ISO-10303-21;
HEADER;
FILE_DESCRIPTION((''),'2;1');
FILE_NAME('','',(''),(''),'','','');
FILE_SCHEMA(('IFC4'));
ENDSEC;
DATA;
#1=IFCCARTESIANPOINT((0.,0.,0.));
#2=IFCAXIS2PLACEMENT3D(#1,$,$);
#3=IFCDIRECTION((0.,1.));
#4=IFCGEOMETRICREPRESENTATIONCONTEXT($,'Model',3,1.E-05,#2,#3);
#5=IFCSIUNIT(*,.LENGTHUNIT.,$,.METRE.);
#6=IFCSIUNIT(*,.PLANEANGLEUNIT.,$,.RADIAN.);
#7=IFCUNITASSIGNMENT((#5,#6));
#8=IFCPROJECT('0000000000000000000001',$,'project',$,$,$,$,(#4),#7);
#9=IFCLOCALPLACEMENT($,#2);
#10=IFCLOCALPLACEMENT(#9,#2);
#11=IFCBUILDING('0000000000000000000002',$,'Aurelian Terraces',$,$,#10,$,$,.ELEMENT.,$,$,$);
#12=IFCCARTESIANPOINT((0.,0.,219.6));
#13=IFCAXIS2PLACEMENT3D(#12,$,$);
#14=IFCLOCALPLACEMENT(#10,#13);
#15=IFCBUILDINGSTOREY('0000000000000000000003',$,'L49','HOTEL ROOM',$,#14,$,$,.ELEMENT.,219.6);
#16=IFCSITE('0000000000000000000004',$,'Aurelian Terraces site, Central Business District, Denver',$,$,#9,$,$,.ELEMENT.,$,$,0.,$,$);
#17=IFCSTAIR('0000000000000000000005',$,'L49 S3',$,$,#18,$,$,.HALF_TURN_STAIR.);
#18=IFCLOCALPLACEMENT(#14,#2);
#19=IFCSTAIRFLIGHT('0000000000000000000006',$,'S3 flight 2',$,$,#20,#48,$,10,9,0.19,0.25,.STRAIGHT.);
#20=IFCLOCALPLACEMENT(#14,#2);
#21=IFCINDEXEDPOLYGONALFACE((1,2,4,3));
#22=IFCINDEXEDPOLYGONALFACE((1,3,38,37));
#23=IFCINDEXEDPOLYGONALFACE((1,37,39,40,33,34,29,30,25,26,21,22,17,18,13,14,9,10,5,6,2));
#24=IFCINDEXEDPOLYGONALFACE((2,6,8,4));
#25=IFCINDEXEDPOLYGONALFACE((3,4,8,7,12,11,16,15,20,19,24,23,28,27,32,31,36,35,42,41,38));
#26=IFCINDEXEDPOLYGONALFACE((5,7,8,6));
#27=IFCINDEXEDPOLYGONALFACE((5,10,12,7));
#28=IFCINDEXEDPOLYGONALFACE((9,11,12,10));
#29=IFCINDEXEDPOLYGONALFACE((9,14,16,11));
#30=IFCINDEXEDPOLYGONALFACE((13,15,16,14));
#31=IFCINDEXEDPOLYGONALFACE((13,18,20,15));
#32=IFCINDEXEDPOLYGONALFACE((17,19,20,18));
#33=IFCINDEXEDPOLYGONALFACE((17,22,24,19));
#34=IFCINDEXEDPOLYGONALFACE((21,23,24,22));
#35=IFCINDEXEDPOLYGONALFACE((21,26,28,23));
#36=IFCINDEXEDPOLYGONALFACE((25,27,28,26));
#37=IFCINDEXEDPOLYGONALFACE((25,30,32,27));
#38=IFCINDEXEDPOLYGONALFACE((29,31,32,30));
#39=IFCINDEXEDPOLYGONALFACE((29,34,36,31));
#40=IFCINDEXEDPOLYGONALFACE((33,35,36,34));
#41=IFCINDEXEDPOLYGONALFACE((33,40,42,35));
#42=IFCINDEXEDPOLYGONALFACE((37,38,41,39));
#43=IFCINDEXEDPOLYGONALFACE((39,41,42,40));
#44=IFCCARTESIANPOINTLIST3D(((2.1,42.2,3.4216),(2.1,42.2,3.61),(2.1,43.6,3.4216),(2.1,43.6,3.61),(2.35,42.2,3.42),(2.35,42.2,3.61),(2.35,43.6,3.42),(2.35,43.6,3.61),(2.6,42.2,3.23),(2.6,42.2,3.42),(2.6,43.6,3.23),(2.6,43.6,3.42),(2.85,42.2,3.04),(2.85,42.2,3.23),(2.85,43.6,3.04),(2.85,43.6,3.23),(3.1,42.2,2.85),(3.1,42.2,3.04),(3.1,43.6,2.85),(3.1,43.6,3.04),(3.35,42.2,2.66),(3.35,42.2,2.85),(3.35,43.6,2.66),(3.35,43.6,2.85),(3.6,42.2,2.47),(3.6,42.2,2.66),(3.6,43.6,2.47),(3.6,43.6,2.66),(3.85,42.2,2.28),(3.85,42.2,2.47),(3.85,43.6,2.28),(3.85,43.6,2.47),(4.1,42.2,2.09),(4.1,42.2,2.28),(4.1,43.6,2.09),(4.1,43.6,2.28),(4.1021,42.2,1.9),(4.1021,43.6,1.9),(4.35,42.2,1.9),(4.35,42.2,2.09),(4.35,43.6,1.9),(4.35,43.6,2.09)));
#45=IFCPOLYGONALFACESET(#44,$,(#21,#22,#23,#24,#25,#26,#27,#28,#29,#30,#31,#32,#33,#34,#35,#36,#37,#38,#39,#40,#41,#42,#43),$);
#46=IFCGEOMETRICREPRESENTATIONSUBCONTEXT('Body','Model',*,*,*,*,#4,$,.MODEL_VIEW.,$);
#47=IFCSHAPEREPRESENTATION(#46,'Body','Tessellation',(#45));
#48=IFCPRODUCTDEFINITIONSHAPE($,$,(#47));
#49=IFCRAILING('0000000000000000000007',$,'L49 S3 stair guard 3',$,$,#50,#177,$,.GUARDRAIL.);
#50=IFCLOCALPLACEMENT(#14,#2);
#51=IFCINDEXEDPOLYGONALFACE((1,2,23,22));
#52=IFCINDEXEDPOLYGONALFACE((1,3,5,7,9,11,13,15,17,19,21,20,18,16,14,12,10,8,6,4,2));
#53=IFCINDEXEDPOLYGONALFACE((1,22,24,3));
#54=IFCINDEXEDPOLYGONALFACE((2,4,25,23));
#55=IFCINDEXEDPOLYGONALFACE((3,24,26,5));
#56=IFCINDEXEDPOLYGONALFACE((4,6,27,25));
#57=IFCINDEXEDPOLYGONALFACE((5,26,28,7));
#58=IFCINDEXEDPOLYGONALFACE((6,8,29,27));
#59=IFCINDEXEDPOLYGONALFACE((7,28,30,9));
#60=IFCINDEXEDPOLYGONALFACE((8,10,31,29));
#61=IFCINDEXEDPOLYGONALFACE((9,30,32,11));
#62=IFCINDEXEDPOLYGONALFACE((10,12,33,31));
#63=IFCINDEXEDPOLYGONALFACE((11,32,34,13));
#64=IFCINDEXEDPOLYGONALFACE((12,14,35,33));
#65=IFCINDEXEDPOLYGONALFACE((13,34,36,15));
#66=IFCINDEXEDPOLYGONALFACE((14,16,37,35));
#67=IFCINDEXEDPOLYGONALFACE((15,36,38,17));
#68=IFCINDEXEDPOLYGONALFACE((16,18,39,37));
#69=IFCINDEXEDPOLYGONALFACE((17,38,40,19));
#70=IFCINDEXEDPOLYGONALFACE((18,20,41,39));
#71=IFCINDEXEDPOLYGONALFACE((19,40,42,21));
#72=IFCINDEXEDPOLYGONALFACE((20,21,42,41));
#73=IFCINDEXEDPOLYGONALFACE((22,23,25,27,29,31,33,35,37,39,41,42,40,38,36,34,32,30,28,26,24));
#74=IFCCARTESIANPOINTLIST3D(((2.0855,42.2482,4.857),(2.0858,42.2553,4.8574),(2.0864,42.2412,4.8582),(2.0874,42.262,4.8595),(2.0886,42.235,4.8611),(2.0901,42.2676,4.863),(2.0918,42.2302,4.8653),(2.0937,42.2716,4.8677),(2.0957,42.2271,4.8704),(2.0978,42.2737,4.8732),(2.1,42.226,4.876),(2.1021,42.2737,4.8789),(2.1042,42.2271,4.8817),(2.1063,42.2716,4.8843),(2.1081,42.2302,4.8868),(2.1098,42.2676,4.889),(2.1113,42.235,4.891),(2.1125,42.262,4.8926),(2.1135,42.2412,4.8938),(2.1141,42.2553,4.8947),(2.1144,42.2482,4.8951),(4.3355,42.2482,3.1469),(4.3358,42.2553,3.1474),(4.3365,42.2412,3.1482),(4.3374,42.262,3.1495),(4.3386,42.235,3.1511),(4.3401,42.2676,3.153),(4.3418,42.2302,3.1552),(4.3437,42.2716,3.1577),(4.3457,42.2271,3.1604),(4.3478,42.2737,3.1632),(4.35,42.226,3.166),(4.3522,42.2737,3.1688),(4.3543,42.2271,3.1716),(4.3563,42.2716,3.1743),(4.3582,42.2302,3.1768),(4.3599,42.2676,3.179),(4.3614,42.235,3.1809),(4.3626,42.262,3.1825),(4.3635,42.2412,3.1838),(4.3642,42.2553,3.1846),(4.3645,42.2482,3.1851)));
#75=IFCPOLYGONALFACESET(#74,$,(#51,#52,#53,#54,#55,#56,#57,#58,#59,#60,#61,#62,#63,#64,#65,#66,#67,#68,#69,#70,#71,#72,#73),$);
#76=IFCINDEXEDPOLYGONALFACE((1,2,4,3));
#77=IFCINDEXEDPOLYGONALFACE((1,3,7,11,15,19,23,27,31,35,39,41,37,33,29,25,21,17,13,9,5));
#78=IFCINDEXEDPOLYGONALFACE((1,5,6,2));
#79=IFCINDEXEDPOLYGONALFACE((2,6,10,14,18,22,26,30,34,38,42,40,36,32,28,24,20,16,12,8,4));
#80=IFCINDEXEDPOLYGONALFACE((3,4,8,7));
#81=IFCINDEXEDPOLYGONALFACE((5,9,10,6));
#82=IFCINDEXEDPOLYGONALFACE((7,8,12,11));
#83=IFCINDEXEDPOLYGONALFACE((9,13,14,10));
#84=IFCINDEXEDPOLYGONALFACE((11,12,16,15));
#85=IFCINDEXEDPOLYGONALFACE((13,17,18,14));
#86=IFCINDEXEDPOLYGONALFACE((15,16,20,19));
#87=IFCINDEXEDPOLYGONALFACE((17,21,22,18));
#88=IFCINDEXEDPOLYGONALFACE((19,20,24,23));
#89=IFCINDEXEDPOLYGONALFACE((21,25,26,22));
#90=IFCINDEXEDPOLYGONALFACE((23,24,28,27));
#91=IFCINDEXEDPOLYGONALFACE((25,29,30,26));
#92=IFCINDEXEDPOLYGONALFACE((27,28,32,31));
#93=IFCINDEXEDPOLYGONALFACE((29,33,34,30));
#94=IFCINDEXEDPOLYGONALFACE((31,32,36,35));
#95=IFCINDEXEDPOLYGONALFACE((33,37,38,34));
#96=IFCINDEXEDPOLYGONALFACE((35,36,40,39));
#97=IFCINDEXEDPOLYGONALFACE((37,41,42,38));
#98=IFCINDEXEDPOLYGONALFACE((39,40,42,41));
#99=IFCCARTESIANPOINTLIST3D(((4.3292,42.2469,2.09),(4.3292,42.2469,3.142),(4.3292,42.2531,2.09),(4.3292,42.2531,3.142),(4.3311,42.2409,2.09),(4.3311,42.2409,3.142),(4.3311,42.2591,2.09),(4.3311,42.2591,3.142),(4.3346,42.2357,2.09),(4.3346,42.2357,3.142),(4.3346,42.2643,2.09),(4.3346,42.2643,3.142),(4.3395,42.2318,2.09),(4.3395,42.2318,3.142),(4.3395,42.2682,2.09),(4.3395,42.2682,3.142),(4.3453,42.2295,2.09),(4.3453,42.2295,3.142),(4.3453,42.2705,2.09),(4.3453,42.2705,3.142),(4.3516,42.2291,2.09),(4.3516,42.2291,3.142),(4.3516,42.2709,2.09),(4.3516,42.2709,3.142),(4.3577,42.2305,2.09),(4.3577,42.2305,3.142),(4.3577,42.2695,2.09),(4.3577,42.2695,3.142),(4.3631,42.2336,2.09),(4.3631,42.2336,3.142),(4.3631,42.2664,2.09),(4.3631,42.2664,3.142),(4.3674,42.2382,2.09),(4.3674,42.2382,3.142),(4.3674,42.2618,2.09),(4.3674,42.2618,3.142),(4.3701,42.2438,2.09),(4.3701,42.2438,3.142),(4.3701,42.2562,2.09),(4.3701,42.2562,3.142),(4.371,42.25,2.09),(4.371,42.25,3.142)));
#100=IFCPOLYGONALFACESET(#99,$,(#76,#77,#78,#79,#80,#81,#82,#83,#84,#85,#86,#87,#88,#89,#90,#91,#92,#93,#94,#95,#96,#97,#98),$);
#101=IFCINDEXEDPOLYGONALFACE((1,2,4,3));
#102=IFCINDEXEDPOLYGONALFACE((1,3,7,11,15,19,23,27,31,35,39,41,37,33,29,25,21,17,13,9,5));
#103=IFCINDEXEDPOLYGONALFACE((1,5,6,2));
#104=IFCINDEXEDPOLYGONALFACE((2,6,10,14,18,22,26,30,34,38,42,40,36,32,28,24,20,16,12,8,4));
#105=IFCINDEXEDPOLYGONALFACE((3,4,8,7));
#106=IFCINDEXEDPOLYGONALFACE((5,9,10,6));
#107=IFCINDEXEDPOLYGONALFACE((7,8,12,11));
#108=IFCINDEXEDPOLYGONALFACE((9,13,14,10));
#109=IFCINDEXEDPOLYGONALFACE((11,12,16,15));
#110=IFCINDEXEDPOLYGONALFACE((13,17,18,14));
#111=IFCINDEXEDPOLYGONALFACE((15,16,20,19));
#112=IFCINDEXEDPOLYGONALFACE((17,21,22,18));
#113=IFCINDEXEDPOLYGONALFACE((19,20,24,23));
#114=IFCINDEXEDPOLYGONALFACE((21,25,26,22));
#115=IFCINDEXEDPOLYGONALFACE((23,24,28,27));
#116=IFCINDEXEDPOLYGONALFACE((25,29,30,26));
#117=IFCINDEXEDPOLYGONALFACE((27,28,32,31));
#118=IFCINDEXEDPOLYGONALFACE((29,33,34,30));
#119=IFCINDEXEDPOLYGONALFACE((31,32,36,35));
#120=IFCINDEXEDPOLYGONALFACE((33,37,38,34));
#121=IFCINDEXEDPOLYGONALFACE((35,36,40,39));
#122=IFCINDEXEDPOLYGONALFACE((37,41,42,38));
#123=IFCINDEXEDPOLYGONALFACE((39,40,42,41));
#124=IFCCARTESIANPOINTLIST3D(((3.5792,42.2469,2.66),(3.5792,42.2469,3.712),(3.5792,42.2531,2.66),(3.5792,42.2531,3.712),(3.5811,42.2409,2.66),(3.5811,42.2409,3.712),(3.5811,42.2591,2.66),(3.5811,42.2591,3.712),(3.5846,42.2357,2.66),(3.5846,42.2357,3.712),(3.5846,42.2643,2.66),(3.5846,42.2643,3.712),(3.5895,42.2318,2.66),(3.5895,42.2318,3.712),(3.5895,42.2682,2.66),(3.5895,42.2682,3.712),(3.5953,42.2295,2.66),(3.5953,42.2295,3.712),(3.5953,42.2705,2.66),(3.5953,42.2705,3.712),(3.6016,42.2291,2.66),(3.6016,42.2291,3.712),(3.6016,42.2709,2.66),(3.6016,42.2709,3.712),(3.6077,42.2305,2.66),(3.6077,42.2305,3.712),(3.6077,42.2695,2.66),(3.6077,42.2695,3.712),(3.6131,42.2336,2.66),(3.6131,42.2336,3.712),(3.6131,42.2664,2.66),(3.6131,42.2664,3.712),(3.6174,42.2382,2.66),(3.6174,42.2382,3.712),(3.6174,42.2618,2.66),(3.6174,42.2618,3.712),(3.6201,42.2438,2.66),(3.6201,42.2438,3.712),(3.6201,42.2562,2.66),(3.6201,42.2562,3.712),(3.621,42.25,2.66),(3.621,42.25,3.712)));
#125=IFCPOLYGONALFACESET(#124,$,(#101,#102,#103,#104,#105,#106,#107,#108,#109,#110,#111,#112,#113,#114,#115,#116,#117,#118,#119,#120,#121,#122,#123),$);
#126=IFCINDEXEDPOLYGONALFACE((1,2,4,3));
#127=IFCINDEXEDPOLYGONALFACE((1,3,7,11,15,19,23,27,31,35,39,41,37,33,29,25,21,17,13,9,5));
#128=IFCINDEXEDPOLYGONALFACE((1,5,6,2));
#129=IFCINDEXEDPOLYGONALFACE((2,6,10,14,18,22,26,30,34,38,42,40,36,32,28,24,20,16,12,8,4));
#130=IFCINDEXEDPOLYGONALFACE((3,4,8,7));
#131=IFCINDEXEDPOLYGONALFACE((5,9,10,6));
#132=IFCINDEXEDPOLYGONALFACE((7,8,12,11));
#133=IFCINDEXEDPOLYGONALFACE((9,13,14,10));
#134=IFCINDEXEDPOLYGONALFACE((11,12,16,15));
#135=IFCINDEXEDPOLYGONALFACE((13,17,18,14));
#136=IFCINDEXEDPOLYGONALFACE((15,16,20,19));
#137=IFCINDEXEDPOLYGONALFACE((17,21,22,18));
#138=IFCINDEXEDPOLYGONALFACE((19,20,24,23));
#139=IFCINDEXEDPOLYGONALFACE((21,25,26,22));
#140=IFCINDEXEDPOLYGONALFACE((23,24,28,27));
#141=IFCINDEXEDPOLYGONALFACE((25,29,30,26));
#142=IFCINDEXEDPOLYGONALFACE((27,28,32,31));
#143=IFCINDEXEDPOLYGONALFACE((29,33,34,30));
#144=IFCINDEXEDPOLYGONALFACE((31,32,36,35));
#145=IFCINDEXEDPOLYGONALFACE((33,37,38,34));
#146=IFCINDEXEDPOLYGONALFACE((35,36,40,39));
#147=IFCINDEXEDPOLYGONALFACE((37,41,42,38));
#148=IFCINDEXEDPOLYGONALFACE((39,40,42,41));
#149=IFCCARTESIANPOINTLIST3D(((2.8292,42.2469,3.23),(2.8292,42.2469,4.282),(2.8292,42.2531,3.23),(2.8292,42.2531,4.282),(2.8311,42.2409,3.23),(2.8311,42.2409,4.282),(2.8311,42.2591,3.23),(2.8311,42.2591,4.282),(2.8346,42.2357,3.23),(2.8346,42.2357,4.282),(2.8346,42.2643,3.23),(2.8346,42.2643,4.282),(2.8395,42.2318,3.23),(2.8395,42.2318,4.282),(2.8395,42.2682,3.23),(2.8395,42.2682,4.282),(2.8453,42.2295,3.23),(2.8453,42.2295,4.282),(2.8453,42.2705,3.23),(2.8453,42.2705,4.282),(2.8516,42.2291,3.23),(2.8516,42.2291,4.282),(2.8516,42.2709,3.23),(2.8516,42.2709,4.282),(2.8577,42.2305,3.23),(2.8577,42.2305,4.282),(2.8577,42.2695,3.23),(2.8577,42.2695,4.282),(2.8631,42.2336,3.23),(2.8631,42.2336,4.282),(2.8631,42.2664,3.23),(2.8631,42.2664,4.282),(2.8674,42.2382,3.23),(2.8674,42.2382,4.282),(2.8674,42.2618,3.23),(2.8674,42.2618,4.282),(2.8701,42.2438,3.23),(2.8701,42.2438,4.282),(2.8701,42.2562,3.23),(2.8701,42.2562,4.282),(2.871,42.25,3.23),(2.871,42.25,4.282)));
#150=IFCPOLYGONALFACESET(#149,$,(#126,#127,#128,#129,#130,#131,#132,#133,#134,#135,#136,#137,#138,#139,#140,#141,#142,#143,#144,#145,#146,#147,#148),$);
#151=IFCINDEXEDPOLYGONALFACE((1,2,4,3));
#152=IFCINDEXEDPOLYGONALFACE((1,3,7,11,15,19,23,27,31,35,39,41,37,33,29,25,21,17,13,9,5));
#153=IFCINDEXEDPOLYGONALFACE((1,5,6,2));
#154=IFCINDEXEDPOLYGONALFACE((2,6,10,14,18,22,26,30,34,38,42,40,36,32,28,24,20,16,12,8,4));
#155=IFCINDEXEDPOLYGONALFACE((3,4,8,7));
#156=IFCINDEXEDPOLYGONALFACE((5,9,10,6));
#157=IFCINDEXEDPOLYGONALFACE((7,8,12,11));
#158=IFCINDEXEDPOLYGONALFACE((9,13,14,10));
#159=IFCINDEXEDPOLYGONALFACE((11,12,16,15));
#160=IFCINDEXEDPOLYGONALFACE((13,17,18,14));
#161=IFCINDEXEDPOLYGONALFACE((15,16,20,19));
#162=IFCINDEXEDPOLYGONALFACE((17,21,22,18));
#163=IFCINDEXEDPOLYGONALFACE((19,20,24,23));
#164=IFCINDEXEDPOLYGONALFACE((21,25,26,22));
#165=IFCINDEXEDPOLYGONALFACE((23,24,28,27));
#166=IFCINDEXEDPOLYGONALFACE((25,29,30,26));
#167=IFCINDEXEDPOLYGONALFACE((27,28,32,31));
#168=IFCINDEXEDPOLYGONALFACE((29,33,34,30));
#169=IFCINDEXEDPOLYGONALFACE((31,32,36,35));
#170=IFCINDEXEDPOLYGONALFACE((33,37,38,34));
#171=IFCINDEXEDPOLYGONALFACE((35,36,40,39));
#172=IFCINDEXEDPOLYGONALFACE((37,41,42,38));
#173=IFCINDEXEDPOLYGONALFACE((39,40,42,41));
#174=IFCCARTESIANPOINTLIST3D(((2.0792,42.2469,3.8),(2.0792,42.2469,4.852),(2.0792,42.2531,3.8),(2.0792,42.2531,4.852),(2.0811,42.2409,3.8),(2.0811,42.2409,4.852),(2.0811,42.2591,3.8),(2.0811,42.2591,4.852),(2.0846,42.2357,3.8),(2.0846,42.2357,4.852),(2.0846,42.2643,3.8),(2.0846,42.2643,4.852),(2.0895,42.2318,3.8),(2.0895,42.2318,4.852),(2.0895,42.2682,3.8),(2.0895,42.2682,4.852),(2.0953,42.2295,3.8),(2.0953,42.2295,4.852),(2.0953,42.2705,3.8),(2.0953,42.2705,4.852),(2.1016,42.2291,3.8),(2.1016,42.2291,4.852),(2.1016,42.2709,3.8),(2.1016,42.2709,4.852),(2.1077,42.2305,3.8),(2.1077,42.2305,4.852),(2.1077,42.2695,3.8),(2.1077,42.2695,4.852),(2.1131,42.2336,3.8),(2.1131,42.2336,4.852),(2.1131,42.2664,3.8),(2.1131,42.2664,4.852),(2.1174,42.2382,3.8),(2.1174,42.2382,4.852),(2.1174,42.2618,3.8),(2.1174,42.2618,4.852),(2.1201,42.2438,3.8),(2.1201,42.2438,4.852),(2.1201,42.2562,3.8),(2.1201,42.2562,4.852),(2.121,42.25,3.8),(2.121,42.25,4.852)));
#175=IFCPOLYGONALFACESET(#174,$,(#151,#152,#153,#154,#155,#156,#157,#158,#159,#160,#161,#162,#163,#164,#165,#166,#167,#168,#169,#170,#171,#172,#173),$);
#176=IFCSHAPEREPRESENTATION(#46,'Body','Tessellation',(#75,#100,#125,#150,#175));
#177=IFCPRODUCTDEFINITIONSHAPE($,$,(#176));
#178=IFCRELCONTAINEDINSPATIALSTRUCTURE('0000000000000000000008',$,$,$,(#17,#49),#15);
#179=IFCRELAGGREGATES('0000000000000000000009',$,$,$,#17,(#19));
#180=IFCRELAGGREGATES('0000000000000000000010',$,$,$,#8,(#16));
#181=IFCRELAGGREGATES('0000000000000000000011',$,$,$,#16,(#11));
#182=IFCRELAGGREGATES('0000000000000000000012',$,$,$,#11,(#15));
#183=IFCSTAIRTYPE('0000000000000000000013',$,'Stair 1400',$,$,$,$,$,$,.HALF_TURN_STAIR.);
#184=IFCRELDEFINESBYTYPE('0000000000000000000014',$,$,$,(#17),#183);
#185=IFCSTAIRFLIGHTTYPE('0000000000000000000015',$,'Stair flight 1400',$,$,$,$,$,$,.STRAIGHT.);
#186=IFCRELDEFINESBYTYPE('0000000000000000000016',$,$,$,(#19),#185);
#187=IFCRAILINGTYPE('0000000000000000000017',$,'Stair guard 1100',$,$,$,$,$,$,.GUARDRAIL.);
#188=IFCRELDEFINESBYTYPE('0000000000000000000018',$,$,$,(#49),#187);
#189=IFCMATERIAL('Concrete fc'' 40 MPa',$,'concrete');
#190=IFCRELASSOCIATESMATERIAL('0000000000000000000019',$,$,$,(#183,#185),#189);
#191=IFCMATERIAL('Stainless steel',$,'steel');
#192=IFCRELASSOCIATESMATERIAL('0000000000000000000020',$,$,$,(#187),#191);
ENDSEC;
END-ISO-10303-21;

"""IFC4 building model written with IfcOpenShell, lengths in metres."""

from ifc_helpers import new_model, si_unit, direction, frame, origin, origin_2d, place, context, subcontext, project, spatial, polyline, circle, outline, extrude, source, transform, mapped, material, type_object, element, aggregate, save


model = new_model("IFC4")

# Units and contexts
model_context = context("Model", 3, precision=1e-05, world=origin(), true_north=direction((0.0, 1.0)))
body_context = subcontext(model_context, "Body", "Model", "MODEL_VIEW")
ifc_project = project(units=[si_unit("LENGTHUNIT", "METRE"), si_unit("PLANEANGLEUNIT", "RADIAN")], contexts=[model_context])

# Site, building, storey
site_placement = place(None, origin())
site = spatial("IfcSite", under=ifc_project, at=site_placement, Name="Aurelian Terraces site, Central Business District, Denver", CompositionType="ELEMENT", RefElevation=0.0)
building_placement = place(site_placement, origin())
building = spatial("IfcBuilding", under=site, at=building_placement, Name="Aurelian Terraces", CompositionType="ELEMENT")
storey_placement = place(building_placement, frame((0.0, 0.0, 219.6)))
storey = spatial("IfcBuildingStorey", under=building, at=storey_placement, Name="L49", Description="HOTEL ROOM", CompositionType="ELEMENT", Elevation=219.6)

# Shared definitions
ifc_material_1 = material(Name="Concrete fc' 40 MPa", Category="concrete")

# Stair, stair flight
stair_type = type_object("IfcStairType", Name="Stair 1400", PredefinedType="HALF_TURN_STAIR", material=ifc_material_1)
stair_placement = place(storey_placement, origin())
stair = element("IfcStair", 1, at=stair_placement, inside=storey, type_object=stair_type, Name="L49 S3", PredefinedType="HALF_TURN_STAIR")
stair_flight_type = type_object("IfcStairFlightType", Name="Stair flight 1400", PredefinedType="STRAIGHT", material=ifc_material_1)
shared_shape_1 = source(origin(), body_context, "Body", "SweptSolid", [
    extrude(outline(polyline([(0.0, 0.0), (0.0, 0.19), (0.25, 0.19), (0.25, 0.38), (0.5, 0.38), (0.5, 0.57), (0.75, 0.57), (0.75, 0.76), (1.0, 0.76), (1.0, 0.95), (1.25, 0.95), (1.25, 1.14), (1.5, 1.14), (1.5, 1.33), (1.75, 1.33), (1.75, 1.52), (2.0, 1.52), (2.0, 1.71), (2.25, 1.71), (2.25, 1.9), (2.25, 1.5216), (0.2479, 0.0), (0.0, 0.0)])), frame((0.0, 0.7, 0.0), z_axis=(0.0, -1.0, 0.0), x_axis=(1.0, 0.0, 0.0)), (0.0, 0.0, 1.0), 1.4),
])
stair_flight_placement = place(storey_placement, frame((4.35, 42.9, 1.9), z_axis=(0.0, 0.0, 1.0), x_axis=(-1.0, 0.0, 0.0)))
stair_flight = element("IfcStairFlight", 2, at=stair_flight_placement, type_object=stair_flight_type, Name="S3 flight 2", NumberOfRisers=10, NumberOfTreads=9, PredefinedType="STRAIGHT", RiserHeight=0.19, TreadLength=0.25, context=body_context, shape_type="MappedRepresentation", body=[
    mapped(shared_shape_1, transform((0.0, 0.0, 0.0), scale=1.0)),
])
aggregate(stair, [stair_flight])

# Railing
ifc_material_2 = material(Name="Stainless steel", Category="steel")
railing_type_1 = type_object("IfcRailingType", Name="Stair guard 1100", PredefinedType="GUARDRAIL", material=ifc_material_2)
shared_shape_2 = source(origin(), body_context, "Body", "SweptSolid", [
    extrude(circle(Radius=0.024, at=origin_2d()), frame((0.0, 0.0, 1.076), z_axis=(-0.796162, 0.0, 0.605083), x_axis=(0.0, -1.0, 0.0)), (0.0, 0.0, 1.0), 2.8261),
    extrude(circle(Radius=0.021, at=origin_2d()), origin(), (0.0, 0.0, 1.0), 1.052),
    extrude(circle(Radius=0.021, at=origin_2d()), frame((-0.75, 0.0, 0.57)), (0.0, 0.0, 1.0), 1.052),
    extrude(circle(Radius=0.021, at=origin_2d()), frame((-1.5, 0.0, 1.14)), (0.0, 0.0, 1.0), 1.052),
    extrude(circle(Radius=0.021, at=origin_2d()), frame((-2.25, 0.0, 1.71)), (0.0, 0.0, 1.0), 1.052),
])
railing_1_placement = place(storey_placement, frame((4.35, 42.25, 2.09)))
element("IfcRailing", 3, at=railing_1_placement, inside=storey, type_object=railing_type_1, Name="L49 S3 stair guard 3", PredefinedType="GUARDRAIL", context=body_context, shape_type="MappedRepresentation", body=[
    mapped(shared_shape_2, transform((0.0, 0.0, 0.0), scale=1.0)),
])

save(model, "model.ifc")
